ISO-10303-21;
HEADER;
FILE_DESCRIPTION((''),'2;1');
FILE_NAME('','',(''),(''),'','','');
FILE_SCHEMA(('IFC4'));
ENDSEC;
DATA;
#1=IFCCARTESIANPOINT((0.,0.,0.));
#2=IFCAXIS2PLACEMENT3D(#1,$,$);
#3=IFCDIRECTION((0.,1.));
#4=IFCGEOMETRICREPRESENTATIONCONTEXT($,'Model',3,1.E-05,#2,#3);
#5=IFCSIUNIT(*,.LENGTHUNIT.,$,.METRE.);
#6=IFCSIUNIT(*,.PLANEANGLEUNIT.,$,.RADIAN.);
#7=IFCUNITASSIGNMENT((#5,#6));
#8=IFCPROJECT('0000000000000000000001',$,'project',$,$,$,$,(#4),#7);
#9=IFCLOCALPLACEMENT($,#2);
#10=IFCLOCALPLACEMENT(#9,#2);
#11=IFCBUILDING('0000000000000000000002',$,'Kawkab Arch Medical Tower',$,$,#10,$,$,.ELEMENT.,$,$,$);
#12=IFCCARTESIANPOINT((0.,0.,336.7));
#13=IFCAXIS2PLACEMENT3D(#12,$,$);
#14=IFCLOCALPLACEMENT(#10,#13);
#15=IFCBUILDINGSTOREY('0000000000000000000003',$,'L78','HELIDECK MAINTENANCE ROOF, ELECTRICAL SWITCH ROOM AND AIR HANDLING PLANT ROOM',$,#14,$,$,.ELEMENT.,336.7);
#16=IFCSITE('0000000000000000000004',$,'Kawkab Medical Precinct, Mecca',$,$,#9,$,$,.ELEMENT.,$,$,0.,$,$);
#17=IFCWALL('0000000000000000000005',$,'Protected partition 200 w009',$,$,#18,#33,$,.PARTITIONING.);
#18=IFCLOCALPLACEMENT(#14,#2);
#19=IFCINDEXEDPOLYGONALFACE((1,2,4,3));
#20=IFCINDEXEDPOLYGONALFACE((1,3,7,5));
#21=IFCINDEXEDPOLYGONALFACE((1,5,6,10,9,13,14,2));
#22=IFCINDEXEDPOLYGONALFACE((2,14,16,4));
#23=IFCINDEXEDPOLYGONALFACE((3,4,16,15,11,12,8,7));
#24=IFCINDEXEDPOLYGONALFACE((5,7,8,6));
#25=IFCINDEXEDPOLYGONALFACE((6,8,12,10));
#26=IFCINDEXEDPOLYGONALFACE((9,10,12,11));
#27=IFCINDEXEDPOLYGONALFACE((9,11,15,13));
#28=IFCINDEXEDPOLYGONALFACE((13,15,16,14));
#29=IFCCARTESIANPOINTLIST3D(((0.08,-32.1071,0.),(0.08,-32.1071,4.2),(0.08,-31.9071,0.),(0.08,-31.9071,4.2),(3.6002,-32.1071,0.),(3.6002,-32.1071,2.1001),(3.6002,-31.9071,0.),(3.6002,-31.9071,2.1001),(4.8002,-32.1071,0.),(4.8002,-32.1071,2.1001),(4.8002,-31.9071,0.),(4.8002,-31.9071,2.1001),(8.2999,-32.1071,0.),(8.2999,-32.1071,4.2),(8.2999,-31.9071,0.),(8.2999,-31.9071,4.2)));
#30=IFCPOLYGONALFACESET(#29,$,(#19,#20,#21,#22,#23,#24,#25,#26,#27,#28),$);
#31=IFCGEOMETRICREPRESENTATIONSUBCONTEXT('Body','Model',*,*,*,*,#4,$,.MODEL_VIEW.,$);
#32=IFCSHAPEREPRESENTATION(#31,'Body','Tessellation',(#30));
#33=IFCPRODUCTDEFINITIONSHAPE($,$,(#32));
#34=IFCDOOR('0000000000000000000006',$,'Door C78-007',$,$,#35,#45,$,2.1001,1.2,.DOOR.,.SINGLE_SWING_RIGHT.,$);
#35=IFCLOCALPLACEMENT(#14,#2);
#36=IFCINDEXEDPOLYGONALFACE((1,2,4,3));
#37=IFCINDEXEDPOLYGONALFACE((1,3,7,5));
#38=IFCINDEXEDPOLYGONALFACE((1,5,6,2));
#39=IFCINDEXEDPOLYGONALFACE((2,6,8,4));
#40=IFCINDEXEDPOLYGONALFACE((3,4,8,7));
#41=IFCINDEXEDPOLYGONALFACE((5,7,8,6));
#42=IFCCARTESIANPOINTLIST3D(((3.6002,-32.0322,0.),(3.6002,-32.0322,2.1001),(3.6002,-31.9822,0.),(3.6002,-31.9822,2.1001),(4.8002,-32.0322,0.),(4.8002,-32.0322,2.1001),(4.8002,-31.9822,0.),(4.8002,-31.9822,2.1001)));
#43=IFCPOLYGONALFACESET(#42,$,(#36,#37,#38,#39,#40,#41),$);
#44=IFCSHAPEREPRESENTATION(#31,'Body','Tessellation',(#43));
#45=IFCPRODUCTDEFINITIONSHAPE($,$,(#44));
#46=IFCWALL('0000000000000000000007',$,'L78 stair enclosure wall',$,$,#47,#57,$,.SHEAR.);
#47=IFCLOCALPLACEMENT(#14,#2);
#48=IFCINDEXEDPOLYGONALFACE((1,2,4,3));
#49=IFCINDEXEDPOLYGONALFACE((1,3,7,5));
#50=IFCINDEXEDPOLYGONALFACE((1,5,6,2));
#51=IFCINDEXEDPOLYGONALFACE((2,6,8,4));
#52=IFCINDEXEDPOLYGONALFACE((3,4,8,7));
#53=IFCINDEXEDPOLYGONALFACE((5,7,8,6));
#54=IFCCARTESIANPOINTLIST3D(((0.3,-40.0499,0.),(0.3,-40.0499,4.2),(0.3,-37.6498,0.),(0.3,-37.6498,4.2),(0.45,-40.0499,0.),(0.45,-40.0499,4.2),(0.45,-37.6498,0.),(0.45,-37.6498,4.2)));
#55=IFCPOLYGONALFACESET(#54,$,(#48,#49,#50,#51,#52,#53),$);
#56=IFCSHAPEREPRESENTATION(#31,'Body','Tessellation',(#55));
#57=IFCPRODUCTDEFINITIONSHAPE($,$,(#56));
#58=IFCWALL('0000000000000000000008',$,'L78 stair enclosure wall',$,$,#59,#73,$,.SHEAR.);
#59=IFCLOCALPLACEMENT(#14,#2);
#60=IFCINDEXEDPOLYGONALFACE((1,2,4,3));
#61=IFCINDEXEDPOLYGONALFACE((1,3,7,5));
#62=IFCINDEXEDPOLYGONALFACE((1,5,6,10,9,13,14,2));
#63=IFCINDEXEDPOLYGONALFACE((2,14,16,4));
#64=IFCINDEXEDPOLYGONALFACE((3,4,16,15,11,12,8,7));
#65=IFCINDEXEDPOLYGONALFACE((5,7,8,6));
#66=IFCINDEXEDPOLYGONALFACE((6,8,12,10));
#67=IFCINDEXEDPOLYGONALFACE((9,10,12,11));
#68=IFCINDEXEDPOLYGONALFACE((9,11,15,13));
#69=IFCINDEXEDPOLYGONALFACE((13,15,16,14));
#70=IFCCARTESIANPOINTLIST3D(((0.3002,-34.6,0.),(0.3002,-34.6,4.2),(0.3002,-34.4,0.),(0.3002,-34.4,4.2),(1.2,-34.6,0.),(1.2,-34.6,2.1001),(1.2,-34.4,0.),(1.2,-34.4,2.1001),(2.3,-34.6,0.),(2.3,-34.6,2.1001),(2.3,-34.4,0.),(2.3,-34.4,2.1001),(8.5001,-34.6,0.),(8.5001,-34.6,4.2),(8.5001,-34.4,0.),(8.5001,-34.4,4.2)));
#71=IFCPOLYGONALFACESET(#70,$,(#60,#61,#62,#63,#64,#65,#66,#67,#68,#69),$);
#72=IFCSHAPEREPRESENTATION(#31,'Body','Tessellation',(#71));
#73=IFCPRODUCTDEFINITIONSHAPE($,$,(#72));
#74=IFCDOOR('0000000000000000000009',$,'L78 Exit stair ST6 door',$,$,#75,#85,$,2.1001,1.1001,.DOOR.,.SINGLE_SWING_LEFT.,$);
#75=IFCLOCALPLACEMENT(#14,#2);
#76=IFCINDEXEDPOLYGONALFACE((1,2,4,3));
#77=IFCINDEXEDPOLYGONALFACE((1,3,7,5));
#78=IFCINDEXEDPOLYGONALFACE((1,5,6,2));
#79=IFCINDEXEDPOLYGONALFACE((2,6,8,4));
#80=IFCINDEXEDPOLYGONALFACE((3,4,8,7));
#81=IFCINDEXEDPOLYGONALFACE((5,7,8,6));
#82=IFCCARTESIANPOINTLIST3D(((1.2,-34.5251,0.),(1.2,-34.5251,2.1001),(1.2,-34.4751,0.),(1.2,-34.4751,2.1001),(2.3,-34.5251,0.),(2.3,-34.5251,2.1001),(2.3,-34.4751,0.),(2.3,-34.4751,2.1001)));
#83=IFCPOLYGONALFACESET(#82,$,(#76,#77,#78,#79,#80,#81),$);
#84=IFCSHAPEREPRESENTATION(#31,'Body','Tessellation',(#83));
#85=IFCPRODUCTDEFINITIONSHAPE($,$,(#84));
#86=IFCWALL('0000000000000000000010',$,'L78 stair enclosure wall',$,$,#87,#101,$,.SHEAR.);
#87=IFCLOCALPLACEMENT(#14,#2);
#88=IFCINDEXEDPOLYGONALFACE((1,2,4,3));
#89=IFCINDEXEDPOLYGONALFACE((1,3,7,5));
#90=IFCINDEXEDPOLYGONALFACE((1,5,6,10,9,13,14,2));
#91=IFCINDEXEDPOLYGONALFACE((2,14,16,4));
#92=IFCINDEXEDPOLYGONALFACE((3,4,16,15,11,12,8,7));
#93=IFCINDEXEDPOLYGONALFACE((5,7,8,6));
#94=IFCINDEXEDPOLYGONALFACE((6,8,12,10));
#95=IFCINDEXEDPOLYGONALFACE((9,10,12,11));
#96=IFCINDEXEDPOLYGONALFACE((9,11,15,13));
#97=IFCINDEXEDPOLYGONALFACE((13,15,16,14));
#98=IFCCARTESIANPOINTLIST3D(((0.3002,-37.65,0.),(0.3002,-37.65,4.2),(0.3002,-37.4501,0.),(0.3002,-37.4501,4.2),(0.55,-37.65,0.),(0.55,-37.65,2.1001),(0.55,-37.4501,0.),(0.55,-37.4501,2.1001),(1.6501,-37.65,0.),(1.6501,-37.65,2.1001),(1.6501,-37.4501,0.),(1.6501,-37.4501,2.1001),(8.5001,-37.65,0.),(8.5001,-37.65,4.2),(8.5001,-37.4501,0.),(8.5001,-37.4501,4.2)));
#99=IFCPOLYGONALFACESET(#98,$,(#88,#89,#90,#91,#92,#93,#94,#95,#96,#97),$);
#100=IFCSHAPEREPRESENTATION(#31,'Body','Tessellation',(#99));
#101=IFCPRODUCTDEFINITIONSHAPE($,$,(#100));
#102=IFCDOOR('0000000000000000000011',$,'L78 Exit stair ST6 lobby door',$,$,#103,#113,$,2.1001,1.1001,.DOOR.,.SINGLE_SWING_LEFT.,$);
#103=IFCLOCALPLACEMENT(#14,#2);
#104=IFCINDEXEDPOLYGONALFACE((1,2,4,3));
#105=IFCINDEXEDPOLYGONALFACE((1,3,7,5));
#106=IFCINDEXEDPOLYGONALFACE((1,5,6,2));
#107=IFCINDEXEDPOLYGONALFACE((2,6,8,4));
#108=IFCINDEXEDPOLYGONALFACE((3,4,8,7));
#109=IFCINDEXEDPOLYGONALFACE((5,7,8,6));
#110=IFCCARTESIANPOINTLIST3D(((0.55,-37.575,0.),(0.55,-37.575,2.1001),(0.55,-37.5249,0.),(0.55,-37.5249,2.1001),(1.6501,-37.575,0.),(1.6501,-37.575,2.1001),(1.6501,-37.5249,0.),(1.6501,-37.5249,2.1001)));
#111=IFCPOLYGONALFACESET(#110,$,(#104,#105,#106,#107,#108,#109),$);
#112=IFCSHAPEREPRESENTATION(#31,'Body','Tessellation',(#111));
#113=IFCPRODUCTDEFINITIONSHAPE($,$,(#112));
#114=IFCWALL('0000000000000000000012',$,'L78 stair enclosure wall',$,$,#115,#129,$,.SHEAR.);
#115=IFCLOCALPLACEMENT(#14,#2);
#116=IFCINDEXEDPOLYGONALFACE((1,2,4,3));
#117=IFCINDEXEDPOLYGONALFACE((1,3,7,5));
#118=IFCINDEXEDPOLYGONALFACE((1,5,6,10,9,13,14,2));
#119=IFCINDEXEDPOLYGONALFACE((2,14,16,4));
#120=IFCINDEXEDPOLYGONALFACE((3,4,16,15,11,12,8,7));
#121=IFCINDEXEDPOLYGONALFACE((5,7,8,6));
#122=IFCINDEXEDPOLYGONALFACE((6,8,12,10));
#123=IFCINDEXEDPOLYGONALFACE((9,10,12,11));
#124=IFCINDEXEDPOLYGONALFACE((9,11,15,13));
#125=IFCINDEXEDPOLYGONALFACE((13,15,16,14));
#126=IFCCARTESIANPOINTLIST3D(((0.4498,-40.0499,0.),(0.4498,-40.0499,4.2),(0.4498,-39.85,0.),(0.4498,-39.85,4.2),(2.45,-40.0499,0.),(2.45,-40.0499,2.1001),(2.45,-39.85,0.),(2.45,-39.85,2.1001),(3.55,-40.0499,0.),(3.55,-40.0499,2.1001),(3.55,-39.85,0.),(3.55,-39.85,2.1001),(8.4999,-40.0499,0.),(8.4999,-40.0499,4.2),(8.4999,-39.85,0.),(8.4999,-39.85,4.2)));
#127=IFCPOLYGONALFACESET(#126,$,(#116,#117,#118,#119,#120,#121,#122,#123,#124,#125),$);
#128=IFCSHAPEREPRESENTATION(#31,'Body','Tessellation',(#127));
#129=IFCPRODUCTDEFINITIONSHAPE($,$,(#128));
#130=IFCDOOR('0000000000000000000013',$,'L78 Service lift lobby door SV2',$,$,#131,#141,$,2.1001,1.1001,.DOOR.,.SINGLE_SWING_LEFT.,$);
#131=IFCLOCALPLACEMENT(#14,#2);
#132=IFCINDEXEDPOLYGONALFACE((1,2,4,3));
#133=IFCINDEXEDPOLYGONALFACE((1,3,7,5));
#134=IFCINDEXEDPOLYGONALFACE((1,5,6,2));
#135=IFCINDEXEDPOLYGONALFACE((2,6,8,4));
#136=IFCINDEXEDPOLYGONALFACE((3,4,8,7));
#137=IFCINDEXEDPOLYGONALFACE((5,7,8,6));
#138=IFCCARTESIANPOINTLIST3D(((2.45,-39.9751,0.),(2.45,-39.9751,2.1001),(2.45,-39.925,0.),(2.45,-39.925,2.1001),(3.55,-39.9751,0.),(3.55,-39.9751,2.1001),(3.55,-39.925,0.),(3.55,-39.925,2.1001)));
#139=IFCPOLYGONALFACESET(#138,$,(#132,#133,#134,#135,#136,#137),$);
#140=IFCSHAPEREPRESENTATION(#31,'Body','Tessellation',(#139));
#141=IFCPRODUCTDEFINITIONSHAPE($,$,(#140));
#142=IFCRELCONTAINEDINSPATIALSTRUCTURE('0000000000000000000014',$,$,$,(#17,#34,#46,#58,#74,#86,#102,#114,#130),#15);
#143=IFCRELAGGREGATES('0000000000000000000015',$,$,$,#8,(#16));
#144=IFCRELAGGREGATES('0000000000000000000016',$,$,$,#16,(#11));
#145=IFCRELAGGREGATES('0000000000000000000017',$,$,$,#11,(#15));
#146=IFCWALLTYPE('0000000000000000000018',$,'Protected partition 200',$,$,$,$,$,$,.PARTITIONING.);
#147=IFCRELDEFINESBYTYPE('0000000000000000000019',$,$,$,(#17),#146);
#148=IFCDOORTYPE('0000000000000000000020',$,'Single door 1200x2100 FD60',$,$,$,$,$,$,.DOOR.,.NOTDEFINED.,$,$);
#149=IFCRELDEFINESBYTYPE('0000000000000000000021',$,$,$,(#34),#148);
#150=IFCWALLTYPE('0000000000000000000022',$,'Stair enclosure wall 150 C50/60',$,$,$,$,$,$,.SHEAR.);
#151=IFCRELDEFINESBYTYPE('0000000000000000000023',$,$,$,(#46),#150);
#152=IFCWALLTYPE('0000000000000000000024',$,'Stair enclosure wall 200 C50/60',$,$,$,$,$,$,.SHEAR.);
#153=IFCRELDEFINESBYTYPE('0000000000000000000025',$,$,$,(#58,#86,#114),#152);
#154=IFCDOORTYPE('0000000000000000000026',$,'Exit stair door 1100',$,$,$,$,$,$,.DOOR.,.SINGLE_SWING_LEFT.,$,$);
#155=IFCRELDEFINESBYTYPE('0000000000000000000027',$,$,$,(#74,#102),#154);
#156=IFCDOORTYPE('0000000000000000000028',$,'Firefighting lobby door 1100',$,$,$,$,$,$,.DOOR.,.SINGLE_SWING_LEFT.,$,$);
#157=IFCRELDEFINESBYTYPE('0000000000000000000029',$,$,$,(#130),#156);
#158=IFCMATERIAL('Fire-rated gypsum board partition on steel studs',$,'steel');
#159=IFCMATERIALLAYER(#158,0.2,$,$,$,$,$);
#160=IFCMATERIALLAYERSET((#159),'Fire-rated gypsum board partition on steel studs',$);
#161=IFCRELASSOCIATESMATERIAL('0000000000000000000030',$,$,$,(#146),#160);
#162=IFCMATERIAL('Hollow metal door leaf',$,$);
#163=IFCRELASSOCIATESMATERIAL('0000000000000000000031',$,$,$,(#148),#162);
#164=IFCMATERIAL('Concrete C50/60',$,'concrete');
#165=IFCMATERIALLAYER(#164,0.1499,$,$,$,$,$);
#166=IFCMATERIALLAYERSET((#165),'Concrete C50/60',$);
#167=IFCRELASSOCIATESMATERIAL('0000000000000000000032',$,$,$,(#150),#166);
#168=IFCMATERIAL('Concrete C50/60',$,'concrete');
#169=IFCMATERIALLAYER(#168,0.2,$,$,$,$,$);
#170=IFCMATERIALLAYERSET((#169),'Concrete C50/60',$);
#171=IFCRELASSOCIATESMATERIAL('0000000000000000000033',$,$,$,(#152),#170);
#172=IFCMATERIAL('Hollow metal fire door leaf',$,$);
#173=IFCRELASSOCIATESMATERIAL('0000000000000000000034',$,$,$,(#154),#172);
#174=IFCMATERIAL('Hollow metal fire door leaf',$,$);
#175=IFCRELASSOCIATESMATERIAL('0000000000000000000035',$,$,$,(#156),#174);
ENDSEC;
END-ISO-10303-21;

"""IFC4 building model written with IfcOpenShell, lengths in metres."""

from ifc_helpers import new_model, si_unit, direction, frame, frame_2d, origin, place, context, subcontext, project, spatial, rectangle, extrude, material, layer, layer_set, type_object, element, fill, save


model = new_model("IFC4")

# Units and contexts
model_context = context("Model", 3, precision=1e-05, world=origin(), true_north=direction((0.0, 1.0)))
body_context = subcontext(model_context, "Body", "Model", "MODEL_VIEW")
ifc_project = project(units=[si_unit("LENGTHUNIT", "METRE"), si_unit("PLANEANGLEUNIT", "RADIAN")], contexts=[model_context])

# Site, building, storey
site_placement = place(None, origin())
site = spatial("IfcSite", under=ifc_project, at=site_placement, Name="Kawkab Medical Precinct, Mecca", CompositionType="ELEMENT", RefElevation=0.0)
building_placement = place(site_placement, origin())
building = spatial("IfcBuilding", under=site, at=building_placement, Name="Kawkab Arch Medical Tower", CompositionType="ELEMENT")
storey_placement = place(building_placement, frame((0.0, 0.0, 336.7)))
storey = spatial("IfcBuildingStorey", under=building, at=storey_placement, Name="L78", Description="HELIDECK MAINTENANCE ROOF, ELECTRICAL SWITCH ROOM AND AIR HANDLING PLANT ROOM", CompositionType="ELEMENT", Elevation=336.7)

# Wall, opening, door
ifc_material_1 = material(Name="Fire-rated gypsum board partition on steel studs", Category="steel")
ifc_layer_1 = layer(ifc_material_1, 0.2)
ifc_layer_set_1 = layer_set([ifc_layer_1], Name="Fire-rated gypsum board partition on steel studs")
wall_type_1 = type_object("IfcWallType", Name="Protected partition 200", PredefinedType="PARTITIONING", material=ifc_layer_set_1)
wall_1_placement = place(storey_placement, frame((0.0801, -32.0071, 0.0), z_axis=(0.0, 0.0, 1.0), x_axis=(1.0, 0.0, 0.0)))
wall_1 = element("IfcWall", 1, at=wall_1_placement, inside=storey, type_object=wall_type_1, Name="Protected partition 200 w009", PredefinedType="PARTITIONING", context=body_context, shape_type="SweptSolid", body=[
    extrude(rectangle(XDim=8.22, YDim=0.2, at=frame_2d((4.1099, 0.0))), origin(), (0.0, 0.0, 1.0), 4.2),
])
opening_1_placement = place(wall_1_placement, frame((3.52, 0.0, 0.0)))
opening_1 = element("IfcOpeningElement", 2, at=opening_1_placement, cuts=wall_1, PredefinedType="OPENING", context=body_context, shape_type="SweptSolid", body=[
    extrude(rectangle(XDim=1.2, YDim=2.1001, at=frame_2d((0.6001, 1.05))), frame((0.0, 0.1099, 0.0), z_axis=(0.0, -1.0, 0.0), x_axis=(1.0, 0.0, 0.0)), (0.0, 0.0, 1.0), 0.22),
])
ifc_material_2 = material(Name="Hollow metal door leaf")
door_type_1 = type_object("IfcDoorType", Name="Single door 1200x2100 FD60", OperationType="NOTDEFINED", PredefinedType="DOOR", material=ifc_material_2)
door_1_placement = place(opening_1_placement, origin())
door_1 = element("IfcDoor", 3, at=door_1_placement, inside=storey, type_object=door_type_1, Name="Door C78-007", OperationType="SINGLE_SWING_RIGHT", OverallHeight=2.1001, OverallWidth=1.2, PredefinedType="DOOR", context=body_context, shape_type="SweptSolid", body=[
    extrude(rectangle(XDim=1.2, YDim=2.1001, at=frame_2d((0.6001, 1.05))), frame((0.0, 0.0249, 0.0), z_axis=(0.0, -1.0, 0.0), x_axis=(1.0, 0.0, 0.0)), (0.0, 0.0, 1.0), 0.05),
])
fill(opening_1, door_1)

# Wall
ifc_material_3 = material(Name="Concrete C50/60", Category="concrete")
ifc_layer_2 = layer(ifc_material_3, 0.1499)
ifc_layer_set_2 = layer_set([ifc_layer_2], Name="Concrete C50/60")
wall_type_2 = type_object("IfcWallType", Name="Stair enclosure wall 150 C50/60", PredefinedType="SHEAR", material=ifc_layer_set_2)
wall_2_placement = place(storey_placement, frame((0.375, -40.05, 0.0), z_axis=(0.0, 0.0, 1.0), x_axis=(0.0, 1.0, 0.0)))
element("IfcWall", 4, at=wall_2_placement, inside=storey, type_object=wall_type_2, Name="L78 stair enclosure wall", PredefinedType="SHEAR", context=body_context, shape_type="SweptSolid", body=[
    extrude(rectangle(XDim=2.4001, YDim=0.1499, at=frame_2d((1.2002, 0.0))), origin(), (0.0, 0.0, 1.0), 4.2),
])

# Walls, openings, doors
ifc_material_4 = material(Name="Concrete C50/60", Category="concrete")
ifc_layer_3 = layer(ifc_material_4, 0.2)
ifc_layer_set_3 = layer_set([ifc_layer_3], Name="Concrete C50/60")
wall_type_3 = type_object("IfcWallType", Name="Stair enclosure wall 200 C50/60", PredefinedType="SHEAR", material=ifc_layer_set_3)
wall_3_placement = place(storey_placement, frame((0.3, -34.5, 0.0), z_axis=(0.0, 0.0, 1.0), x_axis=(1.0, 0.0, 0.0)))
wall_3 = element("IfcWall", 5, at=wall_3_placement, inside=storey, type_object=wall_type_3, Name="L78 stair enclosure wall", PredefinedType="SHEAR", context=body_context, shape_type="SweptSolid", body=[
    extrude(rectangle(XDim=8.2, YDim=0.2, at=frame_2d((4.1001, 0.0))), origin(), (0.0, 0.0, 1.0), 4.2),
])
opening_2_placement = place(wall_3_placement, frame((0.8999, 0.0, 0.0)))
opening_2 = element("IfcOpeningElement", 6, at=opening_2_placement, cuts=wall_3, PredefinedType="OPENING", context=body_context, shape_type="SweptSolid", body=[
    extrude(rectangle(XDim=1.1001, YDim=2.1001, at=frame_2d((0.55, 1.05))), frame((0.0, 0.1099, 0.0), z_axis=(0.0, -1.0, 0.0), x_axis=(1.0, 0.0, 0.0)), (0.0, 0.0, 1.0), 0.22),
])
ifc_material_5 = material(Name="Hollow metal fire door leaf")
door_type_2 = type_object("IfcDoorType", Name="Exit stair door 1100", OperationType="SINGLE_SWING_LEFT", PredefinedType="DOOR", material=ifc_material_5)
door_2_placement = place(opening_2_placement, origin())
door_2 = element("IfcDoor", 7, at=door_2_placement, inside=storey, type_object=door_type_2, Name="L78 Exit stair ST6 door", OperationType="SINGLE_SWING_LEFT", OverallHeight=2.1001, OverallWidth=1.1001, PredefinedType="DOOR", context=body_context, shape_type="SweptSolid", body=[
    extrude(rectangle(XDim=1.1001, YDim=2.1001, at=frame_2d((0.55, 1.05))), frame((0.0, 0.0249, 0.0), z_axis=(0.0, -1.0, 0.0), x_axis=(1.0, 0.0, 0.0)), (0.0, 0.0, 1.0), 0.05),
])
fill(opening_2, door_2)
wall_4_placement = place(storey_placement, frame((0.3, -37.55, 0.0), z_axis=(0.0, 0.0, 1.0), x_axis=(1.0, 0.0, 0.0)))
wall_4 = element("IfcWall", 8, at=wall_4_placement, inside=storey, type_object=wall_type_3, Name="L78 stair enclosure wall", PredefinedType="SHEAR", context=body_context, shape_type="SweptSolid", body=[
    extrude(rectangle(XDim=8.2, YDim=0.2, at=frame_2d((4.1001, 0.0))), origin(), (0.0, 0.0, 1.0), 4.2),
])
opening_3_placement = place(wall_4_placement, frame((0.25, 0.0, 0.0)))
opening_3 = element("IfcOpeningElement", 9, at=opening_3_placement, cuts=wall_4, PredefinedType="OPENING", context=body_context, shape_type="SweptSolid", body=[
    extrude(rectangle(XDim=1.1001, YDim=2.1001, at=frame_2d((0.55, 1.05))), frame((0.0, 0.1099, 0.0), z_axis=(0.0, -1.0, 0.0), x_axis=(1.0, 0.0, 0.0)), (0.0, 0.0, 1.0), 0.22),
])
door_3_placement = place(opening_3_placement, frame((1.1001, 0.0, 0.0), z_axis=(0.0, 0.0, 1.0), x_axis=(-1.0, 0.0, 0.0)))
door_3 = element("IfcDoor", 10, at=door_3_placement, inside=storey, type_object=door_type_2, Name="L78 Exit stair ST6 lobby door", OperationType="SINGLE_SWING_LEFT", OverallHeight=2.1001, OverallWidth=1.1001, PredefinedType="DOOR", context=body_context, shape_type="SweptSolid", body=[
    extrude(rectangle(XDim=1.1001, YDim=2.1001, at=frame_2d((0.55, 1.05))), frame((0.0, 0.0249, 0.0), z_axis=(0.0, -1.0, 0.0), x_axis=(1.0, 0.0, 0.0)), (0.0, 0.0, 1.0), 0.05),
])
fill(opening_3, door_3)
wall_5_placement = place(storey_placement, frame((0.45, -39.95, 0.0), z_axis=(0.0, 0.0, 1.0), x_axis=(1.0, 0.0, 0.0)))
wall_5 = element("IfcWall", 11, at=wall_5_placement, inside=storey, type_object=wall_type_3, Name="L78 stair enclosure wall", PredefinedType="SHEAR", context=body_context, shape_type="SweptSolid", body=[
    extrude(rectangle(XDim=8.05, YDim=0.2, at=frame_2d((4.0249, 0.0))), origin(), (0.0, 0.0, 1.0), 4.2),
])
opening_4_placement = place(wall_5_placement, frame((2.0, 0.0, 0.0)))
opening_4 = element("IfcOpeningElement", 12, at=opening_4_placement, cuts=wall_5, PredefinedType="OPENING", context=body_context, shape_type="SweptSolid", body=[
    extrude(rectangle(XDim=1.1001, YDim=2.1001, at=frame_2d((0.55, 1.05))), frame((0.0, 0.1099, 0.0), z_axis=(0.0, -1.0, 0.0), x_axis=(1.0, 0.0, 0.0)), (0.0, 0.0, 1.0), 0.22),
])
ifc_material_6 = material(Name="Hollow metal fire door leaf")
door_type_3 = type_object("IfcDoorType", Name="Firefighting lobby door 1100", OperationType="SINGLE_SWING_LEFT", PredefinedType="DOOR", material=ifc_material_6)
door_4_placement = place(opening_4_placement, origin())
door_4 = element("IfcDoor", 13, at=door_4_placement, inside=storey, type_object=door_type_3, Name="L78 Service lift lobby door SV2", OperationType="SINGLE_SWING_LEFT", OverallHeight=2.1001, OverallWidth=1.1001, PredefinedType="DOOR", context=body_context, shape_type="SweptSolid", body=[
    extrude(rectangle(XDim=1.1001, YDim=2.1001, at=frame_2d((0.55, 1.05))), frame((0.0, 0.0249, 0.0), z_axis=(0.0, -1.0, 0.0), x_axis=(1.0, 0.0, 0.0)), (0.0, 0.0, 1.0), 0.05),
])
fill(opening_4, door_4)

save(model, "model.ifc")
